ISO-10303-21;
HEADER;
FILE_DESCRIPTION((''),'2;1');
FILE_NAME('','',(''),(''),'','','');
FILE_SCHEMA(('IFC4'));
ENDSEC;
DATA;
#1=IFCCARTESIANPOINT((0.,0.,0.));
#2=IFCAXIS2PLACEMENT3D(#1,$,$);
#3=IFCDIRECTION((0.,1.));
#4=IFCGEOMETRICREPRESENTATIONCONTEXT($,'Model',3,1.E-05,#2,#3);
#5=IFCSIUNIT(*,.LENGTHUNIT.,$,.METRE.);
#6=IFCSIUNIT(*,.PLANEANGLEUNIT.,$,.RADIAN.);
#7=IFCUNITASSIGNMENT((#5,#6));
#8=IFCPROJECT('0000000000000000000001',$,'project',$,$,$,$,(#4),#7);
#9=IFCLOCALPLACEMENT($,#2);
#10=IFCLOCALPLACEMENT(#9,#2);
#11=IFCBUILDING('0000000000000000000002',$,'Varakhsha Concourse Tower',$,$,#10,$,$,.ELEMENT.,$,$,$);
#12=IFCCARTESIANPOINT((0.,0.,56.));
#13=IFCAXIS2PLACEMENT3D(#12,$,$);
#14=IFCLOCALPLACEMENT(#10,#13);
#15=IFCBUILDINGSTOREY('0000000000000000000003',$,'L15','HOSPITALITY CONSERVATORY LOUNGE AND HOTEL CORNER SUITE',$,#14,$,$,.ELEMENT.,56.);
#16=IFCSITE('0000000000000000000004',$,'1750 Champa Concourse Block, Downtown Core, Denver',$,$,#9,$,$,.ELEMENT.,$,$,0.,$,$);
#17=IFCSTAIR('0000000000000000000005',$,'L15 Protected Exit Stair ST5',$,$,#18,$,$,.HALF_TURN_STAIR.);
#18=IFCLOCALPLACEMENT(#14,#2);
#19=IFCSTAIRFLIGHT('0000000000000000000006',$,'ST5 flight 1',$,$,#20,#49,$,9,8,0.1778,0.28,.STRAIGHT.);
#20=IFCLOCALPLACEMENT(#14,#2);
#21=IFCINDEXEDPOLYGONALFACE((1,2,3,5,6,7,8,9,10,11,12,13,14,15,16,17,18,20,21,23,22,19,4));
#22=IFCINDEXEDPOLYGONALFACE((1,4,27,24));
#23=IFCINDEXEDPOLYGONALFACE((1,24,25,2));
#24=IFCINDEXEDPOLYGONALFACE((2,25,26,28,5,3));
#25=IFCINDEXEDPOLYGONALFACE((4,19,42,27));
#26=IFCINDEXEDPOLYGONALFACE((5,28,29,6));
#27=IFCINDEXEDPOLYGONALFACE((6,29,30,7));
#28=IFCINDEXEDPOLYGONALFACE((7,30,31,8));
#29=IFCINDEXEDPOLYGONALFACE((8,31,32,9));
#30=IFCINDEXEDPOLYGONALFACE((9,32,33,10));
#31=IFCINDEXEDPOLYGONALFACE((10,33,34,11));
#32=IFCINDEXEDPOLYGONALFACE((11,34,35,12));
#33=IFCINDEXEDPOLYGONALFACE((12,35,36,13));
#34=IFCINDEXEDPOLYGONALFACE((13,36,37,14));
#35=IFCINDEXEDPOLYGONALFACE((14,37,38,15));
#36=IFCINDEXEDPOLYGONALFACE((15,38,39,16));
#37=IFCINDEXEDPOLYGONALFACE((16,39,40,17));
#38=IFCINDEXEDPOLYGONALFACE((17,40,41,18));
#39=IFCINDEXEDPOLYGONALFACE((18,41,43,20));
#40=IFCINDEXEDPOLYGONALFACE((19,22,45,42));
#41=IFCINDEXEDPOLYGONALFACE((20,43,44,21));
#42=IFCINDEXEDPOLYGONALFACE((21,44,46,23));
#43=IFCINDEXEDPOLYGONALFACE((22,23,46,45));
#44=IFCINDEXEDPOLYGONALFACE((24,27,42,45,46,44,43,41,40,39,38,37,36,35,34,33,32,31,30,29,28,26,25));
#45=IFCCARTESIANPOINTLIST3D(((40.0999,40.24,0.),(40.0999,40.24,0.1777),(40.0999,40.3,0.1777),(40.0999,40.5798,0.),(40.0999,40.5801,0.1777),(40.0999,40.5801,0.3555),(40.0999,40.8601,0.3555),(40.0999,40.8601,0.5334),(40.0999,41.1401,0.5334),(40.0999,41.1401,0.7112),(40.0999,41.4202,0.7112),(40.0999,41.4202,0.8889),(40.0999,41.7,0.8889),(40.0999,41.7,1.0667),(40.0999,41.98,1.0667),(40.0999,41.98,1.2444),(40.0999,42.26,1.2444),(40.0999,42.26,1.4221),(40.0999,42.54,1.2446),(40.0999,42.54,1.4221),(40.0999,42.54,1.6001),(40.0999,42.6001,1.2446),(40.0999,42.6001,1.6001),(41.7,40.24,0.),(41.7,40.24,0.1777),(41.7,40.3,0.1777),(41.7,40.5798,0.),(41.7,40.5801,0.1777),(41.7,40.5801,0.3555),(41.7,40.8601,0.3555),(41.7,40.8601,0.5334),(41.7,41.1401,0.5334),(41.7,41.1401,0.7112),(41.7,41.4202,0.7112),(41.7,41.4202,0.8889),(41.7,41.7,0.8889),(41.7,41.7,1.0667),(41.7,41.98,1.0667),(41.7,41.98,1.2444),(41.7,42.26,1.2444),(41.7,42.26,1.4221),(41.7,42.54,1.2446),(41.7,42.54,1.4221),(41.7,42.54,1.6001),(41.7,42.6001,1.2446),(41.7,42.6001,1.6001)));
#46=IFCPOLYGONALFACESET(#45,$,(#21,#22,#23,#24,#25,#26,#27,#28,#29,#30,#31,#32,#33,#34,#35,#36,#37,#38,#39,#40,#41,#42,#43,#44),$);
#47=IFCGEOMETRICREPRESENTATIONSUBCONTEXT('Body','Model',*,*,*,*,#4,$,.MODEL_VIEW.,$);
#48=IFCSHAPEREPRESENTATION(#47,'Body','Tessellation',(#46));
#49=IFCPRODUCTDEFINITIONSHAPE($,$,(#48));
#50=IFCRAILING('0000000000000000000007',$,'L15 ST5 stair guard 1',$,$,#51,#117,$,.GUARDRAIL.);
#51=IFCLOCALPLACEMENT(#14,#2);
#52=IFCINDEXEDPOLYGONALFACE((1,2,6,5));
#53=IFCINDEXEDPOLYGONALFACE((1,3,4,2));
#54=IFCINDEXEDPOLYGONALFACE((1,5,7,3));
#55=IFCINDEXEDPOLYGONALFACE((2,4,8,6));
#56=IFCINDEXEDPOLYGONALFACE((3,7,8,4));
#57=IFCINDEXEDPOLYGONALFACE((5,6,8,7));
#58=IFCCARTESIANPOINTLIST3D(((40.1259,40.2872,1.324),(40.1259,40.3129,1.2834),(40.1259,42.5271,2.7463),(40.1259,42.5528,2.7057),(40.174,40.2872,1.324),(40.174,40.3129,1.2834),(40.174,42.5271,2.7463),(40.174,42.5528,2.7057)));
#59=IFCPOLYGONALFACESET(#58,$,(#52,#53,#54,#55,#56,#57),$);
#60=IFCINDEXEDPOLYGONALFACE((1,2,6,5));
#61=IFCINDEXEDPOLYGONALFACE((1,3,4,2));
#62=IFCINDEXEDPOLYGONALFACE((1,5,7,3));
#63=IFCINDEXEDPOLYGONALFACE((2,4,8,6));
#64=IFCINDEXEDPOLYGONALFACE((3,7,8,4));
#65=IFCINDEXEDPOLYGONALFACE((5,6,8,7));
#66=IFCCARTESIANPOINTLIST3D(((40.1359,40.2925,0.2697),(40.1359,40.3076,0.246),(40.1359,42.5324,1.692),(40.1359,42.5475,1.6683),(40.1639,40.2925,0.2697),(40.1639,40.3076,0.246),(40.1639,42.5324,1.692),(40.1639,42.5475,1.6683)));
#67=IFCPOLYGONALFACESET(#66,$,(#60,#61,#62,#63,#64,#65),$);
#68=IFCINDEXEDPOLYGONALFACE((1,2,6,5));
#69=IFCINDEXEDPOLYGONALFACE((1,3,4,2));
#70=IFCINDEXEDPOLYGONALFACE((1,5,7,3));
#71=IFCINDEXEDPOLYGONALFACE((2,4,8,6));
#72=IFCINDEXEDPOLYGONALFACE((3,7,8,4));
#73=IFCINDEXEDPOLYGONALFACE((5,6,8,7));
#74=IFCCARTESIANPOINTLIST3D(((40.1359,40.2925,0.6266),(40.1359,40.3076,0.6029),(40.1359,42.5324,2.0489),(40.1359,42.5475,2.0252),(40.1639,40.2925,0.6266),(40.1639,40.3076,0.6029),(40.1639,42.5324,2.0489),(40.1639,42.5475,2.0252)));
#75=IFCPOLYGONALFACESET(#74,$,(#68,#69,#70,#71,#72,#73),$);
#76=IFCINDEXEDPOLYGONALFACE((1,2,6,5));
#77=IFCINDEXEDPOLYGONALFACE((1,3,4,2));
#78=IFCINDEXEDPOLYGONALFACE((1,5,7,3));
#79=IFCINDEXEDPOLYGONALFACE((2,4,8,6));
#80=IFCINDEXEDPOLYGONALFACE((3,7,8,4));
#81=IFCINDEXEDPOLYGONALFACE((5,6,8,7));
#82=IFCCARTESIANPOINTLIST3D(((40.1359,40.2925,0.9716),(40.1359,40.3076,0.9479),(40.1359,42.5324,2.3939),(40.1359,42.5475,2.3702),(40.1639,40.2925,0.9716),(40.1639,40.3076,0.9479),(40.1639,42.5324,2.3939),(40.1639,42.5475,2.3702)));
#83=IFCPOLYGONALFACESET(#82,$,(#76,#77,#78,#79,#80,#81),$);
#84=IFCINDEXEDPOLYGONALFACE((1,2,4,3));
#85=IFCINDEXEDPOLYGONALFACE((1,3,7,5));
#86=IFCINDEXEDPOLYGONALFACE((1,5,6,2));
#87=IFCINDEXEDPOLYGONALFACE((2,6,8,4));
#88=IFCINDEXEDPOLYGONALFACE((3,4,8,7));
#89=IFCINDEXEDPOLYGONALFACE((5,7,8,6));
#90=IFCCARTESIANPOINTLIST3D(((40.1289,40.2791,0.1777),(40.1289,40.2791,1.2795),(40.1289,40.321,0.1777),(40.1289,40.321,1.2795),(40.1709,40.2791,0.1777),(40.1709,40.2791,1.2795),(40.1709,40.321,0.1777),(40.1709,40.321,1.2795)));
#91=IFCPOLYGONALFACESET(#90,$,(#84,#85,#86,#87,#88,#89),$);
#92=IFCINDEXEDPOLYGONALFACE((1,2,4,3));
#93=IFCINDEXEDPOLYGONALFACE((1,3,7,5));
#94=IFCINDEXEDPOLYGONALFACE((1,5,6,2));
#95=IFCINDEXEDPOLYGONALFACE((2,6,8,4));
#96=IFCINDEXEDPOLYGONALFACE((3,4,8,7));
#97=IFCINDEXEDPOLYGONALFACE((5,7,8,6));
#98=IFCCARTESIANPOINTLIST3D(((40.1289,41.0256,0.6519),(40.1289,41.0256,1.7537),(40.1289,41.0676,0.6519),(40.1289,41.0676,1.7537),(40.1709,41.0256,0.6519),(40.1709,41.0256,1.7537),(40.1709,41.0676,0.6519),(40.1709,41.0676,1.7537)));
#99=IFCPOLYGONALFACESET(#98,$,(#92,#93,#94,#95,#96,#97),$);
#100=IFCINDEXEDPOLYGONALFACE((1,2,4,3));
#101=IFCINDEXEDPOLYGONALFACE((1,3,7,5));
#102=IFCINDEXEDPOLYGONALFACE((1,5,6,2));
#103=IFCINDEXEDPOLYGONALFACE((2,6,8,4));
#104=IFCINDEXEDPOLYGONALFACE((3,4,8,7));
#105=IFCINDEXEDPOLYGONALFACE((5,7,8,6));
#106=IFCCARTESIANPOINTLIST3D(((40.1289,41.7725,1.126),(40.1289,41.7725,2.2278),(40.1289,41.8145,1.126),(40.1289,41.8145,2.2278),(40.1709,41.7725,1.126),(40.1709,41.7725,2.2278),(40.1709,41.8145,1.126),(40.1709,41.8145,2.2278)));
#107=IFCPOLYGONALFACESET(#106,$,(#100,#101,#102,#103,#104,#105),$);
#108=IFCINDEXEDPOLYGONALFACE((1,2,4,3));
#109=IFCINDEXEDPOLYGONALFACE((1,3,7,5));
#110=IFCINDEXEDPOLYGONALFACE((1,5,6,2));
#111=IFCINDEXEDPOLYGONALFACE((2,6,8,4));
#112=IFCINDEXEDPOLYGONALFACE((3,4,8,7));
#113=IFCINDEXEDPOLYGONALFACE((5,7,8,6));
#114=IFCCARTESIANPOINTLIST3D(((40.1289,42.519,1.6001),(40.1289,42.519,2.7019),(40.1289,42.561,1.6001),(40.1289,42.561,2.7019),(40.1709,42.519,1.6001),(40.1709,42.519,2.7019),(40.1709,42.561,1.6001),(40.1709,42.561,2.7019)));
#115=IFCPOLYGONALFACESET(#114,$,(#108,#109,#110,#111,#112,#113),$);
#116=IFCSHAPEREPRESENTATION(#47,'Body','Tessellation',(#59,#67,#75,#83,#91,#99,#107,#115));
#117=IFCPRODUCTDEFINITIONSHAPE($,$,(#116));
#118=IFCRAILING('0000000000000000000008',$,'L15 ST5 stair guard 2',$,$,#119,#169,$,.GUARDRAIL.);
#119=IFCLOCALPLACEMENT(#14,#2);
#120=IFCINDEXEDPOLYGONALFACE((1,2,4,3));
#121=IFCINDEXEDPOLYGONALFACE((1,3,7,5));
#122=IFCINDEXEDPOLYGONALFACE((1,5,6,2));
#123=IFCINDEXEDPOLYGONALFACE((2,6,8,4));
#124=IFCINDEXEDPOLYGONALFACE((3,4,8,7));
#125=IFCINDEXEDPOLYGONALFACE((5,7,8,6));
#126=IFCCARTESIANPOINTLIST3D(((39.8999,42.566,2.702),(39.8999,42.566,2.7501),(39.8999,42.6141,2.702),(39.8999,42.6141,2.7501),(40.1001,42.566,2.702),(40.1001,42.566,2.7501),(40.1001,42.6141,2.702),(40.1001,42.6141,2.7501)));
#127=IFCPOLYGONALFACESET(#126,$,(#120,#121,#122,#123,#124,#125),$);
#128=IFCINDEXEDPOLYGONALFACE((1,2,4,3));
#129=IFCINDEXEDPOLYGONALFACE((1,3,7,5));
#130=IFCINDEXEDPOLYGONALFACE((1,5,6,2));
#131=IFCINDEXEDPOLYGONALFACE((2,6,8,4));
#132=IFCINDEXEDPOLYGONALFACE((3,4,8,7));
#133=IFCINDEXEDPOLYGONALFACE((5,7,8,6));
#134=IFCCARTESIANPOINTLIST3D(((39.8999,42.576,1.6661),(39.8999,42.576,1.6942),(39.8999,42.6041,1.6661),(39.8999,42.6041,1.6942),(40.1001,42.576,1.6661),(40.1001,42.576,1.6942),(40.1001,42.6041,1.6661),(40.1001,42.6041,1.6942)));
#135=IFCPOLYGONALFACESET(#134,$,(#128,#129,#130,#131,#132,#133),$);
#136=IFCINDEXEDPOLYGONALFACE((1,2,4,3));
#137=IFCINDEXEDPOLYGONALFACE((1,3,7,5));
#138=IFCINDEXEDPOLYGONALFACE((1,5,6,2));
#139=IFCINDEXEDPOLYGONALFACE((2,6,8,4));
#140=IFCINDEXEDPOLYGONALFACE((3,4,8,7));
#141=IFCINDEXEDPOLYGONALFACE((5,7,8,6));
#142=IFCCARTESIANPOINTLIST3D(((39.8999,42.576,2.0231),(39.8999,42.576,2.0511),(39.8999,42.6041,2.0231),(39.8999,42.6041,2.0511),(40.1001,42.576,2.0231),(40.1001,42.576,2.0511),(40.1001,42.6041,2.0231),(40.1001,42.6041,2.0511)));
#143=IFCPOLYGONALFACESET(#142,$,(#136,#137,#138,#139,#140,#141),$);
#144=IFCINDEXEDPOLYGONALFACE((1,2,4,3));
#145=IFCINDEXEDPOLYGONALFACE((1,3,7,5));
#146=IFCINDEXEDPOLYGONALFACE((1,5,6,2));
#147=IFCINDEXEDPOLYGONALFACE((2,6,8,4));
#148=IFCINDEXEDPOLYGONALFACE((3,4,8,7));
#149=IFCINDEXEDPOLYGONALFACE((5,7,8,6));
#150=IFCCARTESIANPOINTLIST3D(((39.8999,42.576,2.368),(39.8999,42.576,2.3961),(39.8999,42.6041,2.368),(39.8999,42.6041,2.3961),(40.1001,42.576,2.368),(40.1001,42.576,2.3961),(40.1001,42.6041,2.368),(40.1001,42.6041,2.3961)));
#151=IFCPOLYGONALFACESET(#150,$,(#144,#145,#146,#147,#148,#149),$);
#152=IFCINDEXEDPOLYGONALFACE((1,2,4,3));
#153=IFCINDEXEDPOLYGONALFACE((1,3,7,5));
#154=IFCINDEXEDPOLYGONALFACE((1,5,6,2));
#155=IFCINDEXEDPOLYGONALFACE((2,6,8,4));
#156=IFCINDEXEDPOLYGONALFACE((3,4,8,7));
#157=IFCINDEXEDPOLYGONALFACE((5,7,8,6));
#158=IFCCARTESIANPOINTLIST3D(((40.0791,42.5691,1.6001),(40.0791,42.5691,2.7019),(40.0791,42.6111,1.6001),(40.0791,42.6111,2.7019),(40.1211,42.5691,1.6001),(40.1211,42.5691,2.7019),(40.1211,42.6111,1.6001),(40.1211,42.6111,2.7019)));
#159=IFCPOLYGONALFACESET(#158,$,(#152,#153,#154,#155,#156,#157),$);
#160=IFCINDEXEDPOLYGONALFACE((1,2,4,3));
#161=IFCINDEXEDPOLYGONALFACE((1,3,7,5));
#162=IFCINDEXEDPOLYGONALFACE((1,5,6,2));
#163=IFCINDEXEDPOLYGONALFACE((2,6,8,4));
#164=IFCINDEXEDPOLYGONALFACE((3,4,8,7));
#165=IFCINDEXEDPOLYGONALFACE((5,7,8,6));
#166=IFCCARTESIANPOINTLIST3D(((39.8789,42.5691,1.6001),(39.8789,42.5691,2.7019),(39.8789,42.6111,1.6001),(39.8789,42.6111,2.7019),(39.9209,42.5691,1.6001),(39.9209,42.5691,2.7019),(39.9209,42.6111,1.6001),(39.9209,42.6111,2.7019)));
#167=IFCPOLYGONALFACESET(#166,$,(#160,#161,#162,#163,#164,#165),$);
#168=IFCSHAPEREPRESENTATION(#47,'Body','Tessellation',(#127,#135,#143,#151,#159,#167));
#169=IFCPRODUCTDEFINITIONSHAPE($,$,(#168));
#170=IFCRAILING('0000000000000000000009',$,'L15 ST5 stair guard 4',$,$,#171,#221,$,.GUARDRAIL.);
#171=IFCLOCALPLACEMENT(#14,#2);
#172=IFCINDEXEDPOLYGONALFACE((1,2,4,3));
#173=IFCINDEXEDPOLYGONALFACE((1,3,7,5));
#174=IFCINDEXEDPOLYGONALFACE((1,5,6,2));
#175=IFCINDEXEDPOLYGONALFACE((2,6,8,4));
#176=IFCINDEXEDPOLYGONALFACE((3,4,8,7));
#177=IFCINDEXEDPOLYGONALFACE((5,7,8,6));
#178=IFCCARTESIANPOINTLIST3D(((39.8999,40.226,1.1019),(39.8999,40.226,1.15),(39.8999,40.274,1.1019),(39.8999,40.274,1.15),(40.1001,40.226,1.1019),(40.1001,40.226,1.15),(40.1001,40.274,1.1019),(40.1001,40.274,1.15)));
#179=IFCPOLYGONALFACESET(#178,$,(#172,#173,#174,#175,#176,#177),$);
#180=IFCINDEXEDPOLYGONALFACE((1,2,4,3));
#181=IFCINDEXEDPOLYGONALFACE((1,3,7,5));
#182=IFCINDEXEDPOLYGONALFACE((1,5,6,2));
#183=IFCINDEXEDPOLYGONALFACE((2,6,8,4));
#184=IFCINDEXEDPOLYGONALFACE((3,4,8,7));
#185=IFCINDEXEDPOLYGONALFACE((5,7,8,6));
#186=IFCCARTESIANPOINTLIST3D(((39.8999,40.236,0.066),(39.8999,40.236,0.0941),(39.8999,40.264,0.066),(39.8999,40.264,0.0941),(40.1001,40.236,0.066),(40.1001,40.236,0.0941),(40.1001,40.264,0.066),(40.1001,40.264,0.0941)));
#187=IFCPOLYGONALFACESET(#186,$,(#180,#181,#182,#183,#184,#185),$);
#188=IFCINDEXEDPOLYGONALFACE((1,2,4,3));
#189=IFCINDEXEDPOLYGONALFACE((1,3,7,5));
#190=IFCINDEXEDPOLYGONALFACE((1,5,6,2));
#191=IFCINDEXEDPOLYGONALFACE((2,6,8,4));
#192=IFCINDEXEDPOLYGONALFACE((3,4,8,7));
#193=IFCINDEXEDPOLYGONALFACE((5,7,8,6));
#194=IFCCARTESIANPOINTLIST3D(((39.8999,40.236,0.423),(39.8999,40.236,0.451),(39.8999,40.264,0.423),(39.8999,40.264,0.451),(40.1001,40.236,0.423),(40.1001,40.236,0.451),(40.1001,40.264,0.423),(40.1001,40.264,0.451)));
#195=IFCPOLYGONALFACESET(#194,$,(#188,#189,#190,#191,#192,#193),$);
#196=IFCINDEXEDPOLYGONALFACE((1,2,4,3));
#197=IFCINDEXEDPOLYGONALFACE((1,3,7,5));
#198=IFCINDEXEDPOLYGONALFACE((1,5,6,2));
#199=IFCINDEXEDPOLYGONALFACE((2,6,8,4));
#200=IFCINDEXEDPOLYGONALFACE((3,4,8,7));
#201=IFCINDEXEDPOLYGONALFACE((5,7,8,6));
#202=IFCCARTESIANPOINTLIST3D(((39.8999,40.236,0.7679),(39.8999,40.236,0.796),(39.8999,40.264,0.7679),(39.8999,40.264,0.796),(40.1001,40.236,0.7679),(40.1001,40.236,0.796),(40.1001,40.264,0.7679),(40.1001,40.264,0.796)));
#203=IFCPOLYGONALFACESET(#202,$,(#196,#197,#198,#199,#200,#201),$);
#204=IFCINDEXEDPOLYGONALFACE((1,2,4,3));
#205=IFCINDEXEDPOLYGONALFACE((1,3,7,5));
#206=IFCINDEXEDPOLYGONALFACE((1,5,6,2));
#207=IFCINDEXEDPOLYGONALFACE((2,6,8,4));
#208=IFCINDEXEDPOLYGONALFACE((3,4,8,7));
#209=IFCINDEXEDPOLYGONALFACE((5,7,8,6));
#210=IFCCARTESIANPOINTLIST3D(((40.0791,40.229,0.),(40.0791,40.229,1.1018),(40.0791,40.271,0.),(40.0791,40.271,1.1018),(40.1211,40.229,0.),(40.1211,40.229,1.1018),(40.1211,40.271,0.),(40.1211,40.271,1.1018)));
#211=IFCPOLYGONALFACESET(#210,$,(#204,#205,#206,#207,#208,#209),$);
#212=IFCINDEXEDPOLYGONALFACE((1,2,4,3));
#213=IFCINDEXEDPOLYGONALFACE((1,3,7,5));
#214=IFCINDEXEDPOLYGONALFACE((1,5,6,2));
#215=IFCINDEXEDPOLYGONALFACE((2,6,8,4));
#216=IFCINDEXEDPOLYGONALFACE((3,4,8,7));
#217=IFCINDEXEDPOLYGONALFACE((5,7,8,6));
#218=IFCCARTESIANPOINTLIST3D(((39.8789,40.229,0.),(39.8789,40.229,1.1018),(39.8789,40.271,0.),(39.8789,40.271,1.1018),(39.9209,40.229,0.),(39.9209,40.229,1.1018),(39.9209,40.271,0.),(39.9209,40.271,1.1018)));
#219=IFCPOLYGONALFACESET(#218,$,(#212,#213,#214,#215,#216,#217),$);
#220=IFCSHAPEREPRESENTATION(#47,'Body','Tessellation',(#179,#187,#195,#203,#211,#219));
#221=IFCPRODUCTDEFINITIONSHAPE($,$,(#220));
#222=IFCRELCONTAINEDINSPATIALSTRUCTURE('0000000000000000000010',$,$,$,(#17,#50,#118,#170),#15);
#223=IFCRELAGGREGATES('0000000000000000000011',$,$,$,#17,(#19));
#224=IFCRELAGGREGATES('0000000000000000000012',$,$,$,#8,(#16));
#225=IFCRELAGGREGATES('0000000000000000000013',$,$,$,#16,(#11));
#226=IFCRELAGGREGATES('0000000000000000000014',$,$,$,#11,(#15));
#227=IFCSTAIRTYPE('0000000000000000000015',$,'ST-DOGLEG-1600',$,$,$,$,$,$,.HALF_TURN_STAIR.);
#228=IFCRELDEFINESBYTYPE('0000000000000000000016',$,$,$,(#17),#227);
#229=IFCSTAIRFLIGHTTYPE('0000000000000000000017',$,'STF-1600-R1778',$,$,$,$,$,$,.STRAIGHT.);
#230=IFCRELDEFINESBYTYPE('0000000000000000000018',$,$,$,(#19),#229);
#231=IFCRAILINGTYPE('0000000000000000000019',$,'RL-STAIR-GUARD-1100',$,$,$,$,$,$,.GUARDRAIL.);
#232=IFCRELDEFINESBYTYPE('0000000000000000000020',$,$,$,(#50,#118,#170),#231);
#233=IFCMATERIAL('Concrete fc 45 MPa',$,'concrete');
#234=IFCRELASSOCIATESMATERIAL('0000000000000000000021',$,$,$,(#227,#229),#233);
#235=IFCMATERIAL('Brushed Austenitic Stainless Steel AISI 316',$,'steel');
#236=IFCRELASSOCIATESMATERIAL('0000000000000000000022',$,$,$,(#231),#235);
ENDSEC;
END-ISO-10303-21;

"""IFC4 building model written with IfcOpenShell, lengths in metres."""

from ifc_helpers import new_model, si_unit, direction, frame, origin, origin_2d, place, context, subcontext, project, spatial, polyline, rectangle, outline, extrude, material, type_object, element, aggregate, save


model = new_model("IFC4")

# Units and contexts
model_context = context("Model", 3, precision=1e-05, world=origin(), true_north=direction((0.0, 1.0)))
body_context = subcontext(model_context, "Body", "Model", "MODEL_VIEW")
ifc_project = project(units=[si_unit("LENGTHUNIT", "METRE"), si_unit("PLANEANGLEUNIT", "RADIAN")], contexts=[model_context])

# Site, building, storey
site_placement = place(None, origin())
site = spatial("IfcSite", under=ifc_project, at=site_placement, Name="1750 Champa Concourse Block, Downtown Core, Denver", CompositionType="ELEMENT", RefElevation=0.0)
building_placement = place(site_placement, origin())
building = spatial("IfcBuilding", under=site, at=building_placement, Name="Varakhsha Concourse Tower", CompositionType="ELEMENT")
storey_placement = place(building_placement, frame((0.0, 0.0, 56.0)))
storey = spatial("IfcBuildingStorey", under=building, at=storey_placement, Name="L15", Description="HOSPITALITY CONSERVATORY LOUNGE AND HOTEL CORNER SUITE", CompositionType="ELEMENT", Elevation=56.0)

# Shared definitions
ifc_material_1 = material(Name="Concrete fc 45 MPa", Category="concrete")

# Stair, stair flight
stair_type = type_object("IfcStairType", Name="ST-DOGLEG-1600", PredefinedType="HALF_TURN_STAIR", material=ifc_material_1)
stair_placement = place(storey_placement, origin())
stair = element("IfcStair", 1, at=stair_placement, inside=storey, type_object=stair_type, Name="L15 Protected Exit Stair ST5", PredefinedType="HALF_TURN_STAIR")
stair_flight_type = type_object("IfcStairFlightType", Name="STF-1600-R1778", PredefinedType="STRAIGHT", material=ifc_material_1)
stair_flight_placement = place(storey_placement, frame((40.8999, 40.3, 0.0), z_axis=(0.0, 0.0, 1.0), x_axis=(0.0, 1.0, 0.0)))
stair_flight = element("IfcStairFlight", 2, at=stair_flight_placement, type_object=stair_flight_type, Name="ST5 flight 1", NumberOfRisers=9, NumberOfTreads=8, PredefinedType="STRAIGHT", RiserHeight=0.1778, TreadLength=0.28, context=body_context, shape_type="SweptSolid", body=[
    extrude(outline(polyline([(-0.0601, 0.0), (-0.0601, 0.1777), (0.0, 0.1777), (0.28, 0.1777), (0.28, 0.3555), (0.5601, 0.3555), (0.5601, 0.5334), (0.8401, 0.5334), (0.8401, 0.7112), (1.1201, 0.7112), (1.1201, 0.8889), (1.3999, 0.8889), (1.3999, 1.0667), (1.6799, 1.0667), (1.6799, 1.2444), (1.96, 1.2444), (1.96, 1.4221), (2.24, 1.4221), (2.24, 1.6001), (2.3, 1.6001), (2.3, 1.2446), (2.24, 1.2446), (0.2798, 0.0), (-0.0601, 0.0)])), frame((0.0, 0.8, 0.0), z_axis=(0.0, -1.0, 0.0), x_axis=(1.0, 0.0, 0.0)), (0.0, 0.0, 1.0), 1.6001),
])
aggregate(stair, [stair_flight])

# Railings
ifc_material_2 = material(Name="Brushed Austenitic Stainless Steel AISI 316", Category="steel")
railing_type_1 = type_object("IfcRailingType", Name="RL-STAIR-GUARD-1100", PredefinedType="GUARDRAIL", material=ifc_material_2)
railing_1_placement = place(storey_placement, frame((40.1499, 40.3, 0.1777)))
element("IfcRailing", 3, at=railing_1_placement, inside=storey, type_object=railing_type_1, Name="L15 ST5 stair guard 1", PredefinedType="GUARDRAIL", context=body_context, shape_type="SweptSolid", body=[
    extrude(rectangle(XDim=0.0481, YDim=0.0481, at=origin_2d()), frame((0.0, 0.0, 1.126), z_axis=(0.0, 0.844188, 0.536048), x_axis=(-1.0, 0.0, 0.0)), (0.0, 0.0, 1.0), 2.6533),
    extrude(rectangle(XDim=0.0281, YDim=0.0281, at=origin_2d()), frame((0.0, 0.0, 0.0801), z_axis=(0.0, 0.844188, 0.536048), x_axis=(-1.0, 0.0, 0.0)), (0.0, 0.0, 1.0), 2.6533),
    extrude(rectangle(XDim=0.0281, YDim=0.0281, at=origin_2d()), frame((0.0, 0.0, 0.437), z_axis=(0.0, 0.844188, 0.536048), x_axis=(-1.0, 0.0, 0.0)), (0.0, 0.0, 1.0), 2.6533),
    extrude(rectangle(XDim=0.0281, YDim=0.0281, at=origin_2d()), frame((0.0, 0.0, 0.782), z_axis=(0.0, 0.844188, 0.536048), x_axis=(-1.0, 0.0, 0.0)), (0.0, 0.0, 1.0), 2.6533),
    extrude(rectangle(XDim=0.042, YDim=0.042, at=origin_2d()), origin(), (0.0, 0.0, 1.0), 1.1018),
    extrude(rectangle(XDim=0.042, YDim=0.042, at=origin_2d()), frame((0.0, 0.7466, 0.4741)), (0.0, 0.0, 1.0), 1.1018),
    extrude(rectangle(XDim=0.042, YDim=0.042, at=origin_2d()), frame((0.0, 1.4934, 0.9482)), (0.0, 0.0, 1.0), 1.1018),
    extrude(rectangle(XDim=0.042, YDim=0.042, at=origin_2d()), frame((0.0, 2.24, 1.4224)), (0.0, 0.0, 1.0), 1.1018),
])
for number, where, name in (
    (4, (40.1001, 42.5901, 1.6001), "L15 ST5 stair guard 2"),
    (5, (40.1001, 40.25, 0.0), "L15 ST5 stair guard 4"),
):
    element("IfcRailing", number, at=place(storey_placement, frame(where)), inside=storey, type_object=railing_type_1, Name=name, PredefinedType="GUARDRAIL", context=body_context, shape_type="SweptSolid", body=[
        extrude(rectangle(XDim=0.0481, YDim=0.0481, at=origin_2d()), frame((0.0, 0.0, 1.126), z_axis=(-1.0, 0.0, 0.0), x_axis=(0.0, -1.0, 0.0)), (0.0, 0.0, 1.0), 0.2002),
        extrude(rectangle(XDim=0.0281, YDim=0.0281, at=origin_2d()), frame((0.0, 0.0, 0.0801), z_axis=(-1.0, 0.0, 0.0), x_axis=(0.0, -1.0, 0.0)), (0.0, 0.0, 1.0), 0.2002),
        extrude(rectangle(XDim=0.0281, YDim=0.0281, at=origin_2d()), frame((0.0, 0.0, 0.437), z_axis=(-1.0, 0.0, 0.0), x_axis=(0.0, -1.0, 0.0)), (0.0, 0.0, 1.0), 0.2002),
        extrude(rectangle(XDim=0.0281, YDim=0.0281, at=origin_2d()), frame((0.0, 0.0, 0.782), z_axis=(-1.0, 0.0, 0.0), x_axis=(0.0, -1.0, 0.0)), (0.0, 0.0, 1.0), 0.2002),
        extrude(rectangle(XDim=0.042, YDim=0.042, at=origin_2d()), origin(), (0.0, 0.0, 1.0), 1.1018),
        extrude(rectangle(XDim=0.042, YDim=0.042, at=origin_2d()), frame((-0.2002, 0.0, 0.0)), (0.0, 0.0, 1.0), 1.1018),
    ])

save(model, "model.ifc")
